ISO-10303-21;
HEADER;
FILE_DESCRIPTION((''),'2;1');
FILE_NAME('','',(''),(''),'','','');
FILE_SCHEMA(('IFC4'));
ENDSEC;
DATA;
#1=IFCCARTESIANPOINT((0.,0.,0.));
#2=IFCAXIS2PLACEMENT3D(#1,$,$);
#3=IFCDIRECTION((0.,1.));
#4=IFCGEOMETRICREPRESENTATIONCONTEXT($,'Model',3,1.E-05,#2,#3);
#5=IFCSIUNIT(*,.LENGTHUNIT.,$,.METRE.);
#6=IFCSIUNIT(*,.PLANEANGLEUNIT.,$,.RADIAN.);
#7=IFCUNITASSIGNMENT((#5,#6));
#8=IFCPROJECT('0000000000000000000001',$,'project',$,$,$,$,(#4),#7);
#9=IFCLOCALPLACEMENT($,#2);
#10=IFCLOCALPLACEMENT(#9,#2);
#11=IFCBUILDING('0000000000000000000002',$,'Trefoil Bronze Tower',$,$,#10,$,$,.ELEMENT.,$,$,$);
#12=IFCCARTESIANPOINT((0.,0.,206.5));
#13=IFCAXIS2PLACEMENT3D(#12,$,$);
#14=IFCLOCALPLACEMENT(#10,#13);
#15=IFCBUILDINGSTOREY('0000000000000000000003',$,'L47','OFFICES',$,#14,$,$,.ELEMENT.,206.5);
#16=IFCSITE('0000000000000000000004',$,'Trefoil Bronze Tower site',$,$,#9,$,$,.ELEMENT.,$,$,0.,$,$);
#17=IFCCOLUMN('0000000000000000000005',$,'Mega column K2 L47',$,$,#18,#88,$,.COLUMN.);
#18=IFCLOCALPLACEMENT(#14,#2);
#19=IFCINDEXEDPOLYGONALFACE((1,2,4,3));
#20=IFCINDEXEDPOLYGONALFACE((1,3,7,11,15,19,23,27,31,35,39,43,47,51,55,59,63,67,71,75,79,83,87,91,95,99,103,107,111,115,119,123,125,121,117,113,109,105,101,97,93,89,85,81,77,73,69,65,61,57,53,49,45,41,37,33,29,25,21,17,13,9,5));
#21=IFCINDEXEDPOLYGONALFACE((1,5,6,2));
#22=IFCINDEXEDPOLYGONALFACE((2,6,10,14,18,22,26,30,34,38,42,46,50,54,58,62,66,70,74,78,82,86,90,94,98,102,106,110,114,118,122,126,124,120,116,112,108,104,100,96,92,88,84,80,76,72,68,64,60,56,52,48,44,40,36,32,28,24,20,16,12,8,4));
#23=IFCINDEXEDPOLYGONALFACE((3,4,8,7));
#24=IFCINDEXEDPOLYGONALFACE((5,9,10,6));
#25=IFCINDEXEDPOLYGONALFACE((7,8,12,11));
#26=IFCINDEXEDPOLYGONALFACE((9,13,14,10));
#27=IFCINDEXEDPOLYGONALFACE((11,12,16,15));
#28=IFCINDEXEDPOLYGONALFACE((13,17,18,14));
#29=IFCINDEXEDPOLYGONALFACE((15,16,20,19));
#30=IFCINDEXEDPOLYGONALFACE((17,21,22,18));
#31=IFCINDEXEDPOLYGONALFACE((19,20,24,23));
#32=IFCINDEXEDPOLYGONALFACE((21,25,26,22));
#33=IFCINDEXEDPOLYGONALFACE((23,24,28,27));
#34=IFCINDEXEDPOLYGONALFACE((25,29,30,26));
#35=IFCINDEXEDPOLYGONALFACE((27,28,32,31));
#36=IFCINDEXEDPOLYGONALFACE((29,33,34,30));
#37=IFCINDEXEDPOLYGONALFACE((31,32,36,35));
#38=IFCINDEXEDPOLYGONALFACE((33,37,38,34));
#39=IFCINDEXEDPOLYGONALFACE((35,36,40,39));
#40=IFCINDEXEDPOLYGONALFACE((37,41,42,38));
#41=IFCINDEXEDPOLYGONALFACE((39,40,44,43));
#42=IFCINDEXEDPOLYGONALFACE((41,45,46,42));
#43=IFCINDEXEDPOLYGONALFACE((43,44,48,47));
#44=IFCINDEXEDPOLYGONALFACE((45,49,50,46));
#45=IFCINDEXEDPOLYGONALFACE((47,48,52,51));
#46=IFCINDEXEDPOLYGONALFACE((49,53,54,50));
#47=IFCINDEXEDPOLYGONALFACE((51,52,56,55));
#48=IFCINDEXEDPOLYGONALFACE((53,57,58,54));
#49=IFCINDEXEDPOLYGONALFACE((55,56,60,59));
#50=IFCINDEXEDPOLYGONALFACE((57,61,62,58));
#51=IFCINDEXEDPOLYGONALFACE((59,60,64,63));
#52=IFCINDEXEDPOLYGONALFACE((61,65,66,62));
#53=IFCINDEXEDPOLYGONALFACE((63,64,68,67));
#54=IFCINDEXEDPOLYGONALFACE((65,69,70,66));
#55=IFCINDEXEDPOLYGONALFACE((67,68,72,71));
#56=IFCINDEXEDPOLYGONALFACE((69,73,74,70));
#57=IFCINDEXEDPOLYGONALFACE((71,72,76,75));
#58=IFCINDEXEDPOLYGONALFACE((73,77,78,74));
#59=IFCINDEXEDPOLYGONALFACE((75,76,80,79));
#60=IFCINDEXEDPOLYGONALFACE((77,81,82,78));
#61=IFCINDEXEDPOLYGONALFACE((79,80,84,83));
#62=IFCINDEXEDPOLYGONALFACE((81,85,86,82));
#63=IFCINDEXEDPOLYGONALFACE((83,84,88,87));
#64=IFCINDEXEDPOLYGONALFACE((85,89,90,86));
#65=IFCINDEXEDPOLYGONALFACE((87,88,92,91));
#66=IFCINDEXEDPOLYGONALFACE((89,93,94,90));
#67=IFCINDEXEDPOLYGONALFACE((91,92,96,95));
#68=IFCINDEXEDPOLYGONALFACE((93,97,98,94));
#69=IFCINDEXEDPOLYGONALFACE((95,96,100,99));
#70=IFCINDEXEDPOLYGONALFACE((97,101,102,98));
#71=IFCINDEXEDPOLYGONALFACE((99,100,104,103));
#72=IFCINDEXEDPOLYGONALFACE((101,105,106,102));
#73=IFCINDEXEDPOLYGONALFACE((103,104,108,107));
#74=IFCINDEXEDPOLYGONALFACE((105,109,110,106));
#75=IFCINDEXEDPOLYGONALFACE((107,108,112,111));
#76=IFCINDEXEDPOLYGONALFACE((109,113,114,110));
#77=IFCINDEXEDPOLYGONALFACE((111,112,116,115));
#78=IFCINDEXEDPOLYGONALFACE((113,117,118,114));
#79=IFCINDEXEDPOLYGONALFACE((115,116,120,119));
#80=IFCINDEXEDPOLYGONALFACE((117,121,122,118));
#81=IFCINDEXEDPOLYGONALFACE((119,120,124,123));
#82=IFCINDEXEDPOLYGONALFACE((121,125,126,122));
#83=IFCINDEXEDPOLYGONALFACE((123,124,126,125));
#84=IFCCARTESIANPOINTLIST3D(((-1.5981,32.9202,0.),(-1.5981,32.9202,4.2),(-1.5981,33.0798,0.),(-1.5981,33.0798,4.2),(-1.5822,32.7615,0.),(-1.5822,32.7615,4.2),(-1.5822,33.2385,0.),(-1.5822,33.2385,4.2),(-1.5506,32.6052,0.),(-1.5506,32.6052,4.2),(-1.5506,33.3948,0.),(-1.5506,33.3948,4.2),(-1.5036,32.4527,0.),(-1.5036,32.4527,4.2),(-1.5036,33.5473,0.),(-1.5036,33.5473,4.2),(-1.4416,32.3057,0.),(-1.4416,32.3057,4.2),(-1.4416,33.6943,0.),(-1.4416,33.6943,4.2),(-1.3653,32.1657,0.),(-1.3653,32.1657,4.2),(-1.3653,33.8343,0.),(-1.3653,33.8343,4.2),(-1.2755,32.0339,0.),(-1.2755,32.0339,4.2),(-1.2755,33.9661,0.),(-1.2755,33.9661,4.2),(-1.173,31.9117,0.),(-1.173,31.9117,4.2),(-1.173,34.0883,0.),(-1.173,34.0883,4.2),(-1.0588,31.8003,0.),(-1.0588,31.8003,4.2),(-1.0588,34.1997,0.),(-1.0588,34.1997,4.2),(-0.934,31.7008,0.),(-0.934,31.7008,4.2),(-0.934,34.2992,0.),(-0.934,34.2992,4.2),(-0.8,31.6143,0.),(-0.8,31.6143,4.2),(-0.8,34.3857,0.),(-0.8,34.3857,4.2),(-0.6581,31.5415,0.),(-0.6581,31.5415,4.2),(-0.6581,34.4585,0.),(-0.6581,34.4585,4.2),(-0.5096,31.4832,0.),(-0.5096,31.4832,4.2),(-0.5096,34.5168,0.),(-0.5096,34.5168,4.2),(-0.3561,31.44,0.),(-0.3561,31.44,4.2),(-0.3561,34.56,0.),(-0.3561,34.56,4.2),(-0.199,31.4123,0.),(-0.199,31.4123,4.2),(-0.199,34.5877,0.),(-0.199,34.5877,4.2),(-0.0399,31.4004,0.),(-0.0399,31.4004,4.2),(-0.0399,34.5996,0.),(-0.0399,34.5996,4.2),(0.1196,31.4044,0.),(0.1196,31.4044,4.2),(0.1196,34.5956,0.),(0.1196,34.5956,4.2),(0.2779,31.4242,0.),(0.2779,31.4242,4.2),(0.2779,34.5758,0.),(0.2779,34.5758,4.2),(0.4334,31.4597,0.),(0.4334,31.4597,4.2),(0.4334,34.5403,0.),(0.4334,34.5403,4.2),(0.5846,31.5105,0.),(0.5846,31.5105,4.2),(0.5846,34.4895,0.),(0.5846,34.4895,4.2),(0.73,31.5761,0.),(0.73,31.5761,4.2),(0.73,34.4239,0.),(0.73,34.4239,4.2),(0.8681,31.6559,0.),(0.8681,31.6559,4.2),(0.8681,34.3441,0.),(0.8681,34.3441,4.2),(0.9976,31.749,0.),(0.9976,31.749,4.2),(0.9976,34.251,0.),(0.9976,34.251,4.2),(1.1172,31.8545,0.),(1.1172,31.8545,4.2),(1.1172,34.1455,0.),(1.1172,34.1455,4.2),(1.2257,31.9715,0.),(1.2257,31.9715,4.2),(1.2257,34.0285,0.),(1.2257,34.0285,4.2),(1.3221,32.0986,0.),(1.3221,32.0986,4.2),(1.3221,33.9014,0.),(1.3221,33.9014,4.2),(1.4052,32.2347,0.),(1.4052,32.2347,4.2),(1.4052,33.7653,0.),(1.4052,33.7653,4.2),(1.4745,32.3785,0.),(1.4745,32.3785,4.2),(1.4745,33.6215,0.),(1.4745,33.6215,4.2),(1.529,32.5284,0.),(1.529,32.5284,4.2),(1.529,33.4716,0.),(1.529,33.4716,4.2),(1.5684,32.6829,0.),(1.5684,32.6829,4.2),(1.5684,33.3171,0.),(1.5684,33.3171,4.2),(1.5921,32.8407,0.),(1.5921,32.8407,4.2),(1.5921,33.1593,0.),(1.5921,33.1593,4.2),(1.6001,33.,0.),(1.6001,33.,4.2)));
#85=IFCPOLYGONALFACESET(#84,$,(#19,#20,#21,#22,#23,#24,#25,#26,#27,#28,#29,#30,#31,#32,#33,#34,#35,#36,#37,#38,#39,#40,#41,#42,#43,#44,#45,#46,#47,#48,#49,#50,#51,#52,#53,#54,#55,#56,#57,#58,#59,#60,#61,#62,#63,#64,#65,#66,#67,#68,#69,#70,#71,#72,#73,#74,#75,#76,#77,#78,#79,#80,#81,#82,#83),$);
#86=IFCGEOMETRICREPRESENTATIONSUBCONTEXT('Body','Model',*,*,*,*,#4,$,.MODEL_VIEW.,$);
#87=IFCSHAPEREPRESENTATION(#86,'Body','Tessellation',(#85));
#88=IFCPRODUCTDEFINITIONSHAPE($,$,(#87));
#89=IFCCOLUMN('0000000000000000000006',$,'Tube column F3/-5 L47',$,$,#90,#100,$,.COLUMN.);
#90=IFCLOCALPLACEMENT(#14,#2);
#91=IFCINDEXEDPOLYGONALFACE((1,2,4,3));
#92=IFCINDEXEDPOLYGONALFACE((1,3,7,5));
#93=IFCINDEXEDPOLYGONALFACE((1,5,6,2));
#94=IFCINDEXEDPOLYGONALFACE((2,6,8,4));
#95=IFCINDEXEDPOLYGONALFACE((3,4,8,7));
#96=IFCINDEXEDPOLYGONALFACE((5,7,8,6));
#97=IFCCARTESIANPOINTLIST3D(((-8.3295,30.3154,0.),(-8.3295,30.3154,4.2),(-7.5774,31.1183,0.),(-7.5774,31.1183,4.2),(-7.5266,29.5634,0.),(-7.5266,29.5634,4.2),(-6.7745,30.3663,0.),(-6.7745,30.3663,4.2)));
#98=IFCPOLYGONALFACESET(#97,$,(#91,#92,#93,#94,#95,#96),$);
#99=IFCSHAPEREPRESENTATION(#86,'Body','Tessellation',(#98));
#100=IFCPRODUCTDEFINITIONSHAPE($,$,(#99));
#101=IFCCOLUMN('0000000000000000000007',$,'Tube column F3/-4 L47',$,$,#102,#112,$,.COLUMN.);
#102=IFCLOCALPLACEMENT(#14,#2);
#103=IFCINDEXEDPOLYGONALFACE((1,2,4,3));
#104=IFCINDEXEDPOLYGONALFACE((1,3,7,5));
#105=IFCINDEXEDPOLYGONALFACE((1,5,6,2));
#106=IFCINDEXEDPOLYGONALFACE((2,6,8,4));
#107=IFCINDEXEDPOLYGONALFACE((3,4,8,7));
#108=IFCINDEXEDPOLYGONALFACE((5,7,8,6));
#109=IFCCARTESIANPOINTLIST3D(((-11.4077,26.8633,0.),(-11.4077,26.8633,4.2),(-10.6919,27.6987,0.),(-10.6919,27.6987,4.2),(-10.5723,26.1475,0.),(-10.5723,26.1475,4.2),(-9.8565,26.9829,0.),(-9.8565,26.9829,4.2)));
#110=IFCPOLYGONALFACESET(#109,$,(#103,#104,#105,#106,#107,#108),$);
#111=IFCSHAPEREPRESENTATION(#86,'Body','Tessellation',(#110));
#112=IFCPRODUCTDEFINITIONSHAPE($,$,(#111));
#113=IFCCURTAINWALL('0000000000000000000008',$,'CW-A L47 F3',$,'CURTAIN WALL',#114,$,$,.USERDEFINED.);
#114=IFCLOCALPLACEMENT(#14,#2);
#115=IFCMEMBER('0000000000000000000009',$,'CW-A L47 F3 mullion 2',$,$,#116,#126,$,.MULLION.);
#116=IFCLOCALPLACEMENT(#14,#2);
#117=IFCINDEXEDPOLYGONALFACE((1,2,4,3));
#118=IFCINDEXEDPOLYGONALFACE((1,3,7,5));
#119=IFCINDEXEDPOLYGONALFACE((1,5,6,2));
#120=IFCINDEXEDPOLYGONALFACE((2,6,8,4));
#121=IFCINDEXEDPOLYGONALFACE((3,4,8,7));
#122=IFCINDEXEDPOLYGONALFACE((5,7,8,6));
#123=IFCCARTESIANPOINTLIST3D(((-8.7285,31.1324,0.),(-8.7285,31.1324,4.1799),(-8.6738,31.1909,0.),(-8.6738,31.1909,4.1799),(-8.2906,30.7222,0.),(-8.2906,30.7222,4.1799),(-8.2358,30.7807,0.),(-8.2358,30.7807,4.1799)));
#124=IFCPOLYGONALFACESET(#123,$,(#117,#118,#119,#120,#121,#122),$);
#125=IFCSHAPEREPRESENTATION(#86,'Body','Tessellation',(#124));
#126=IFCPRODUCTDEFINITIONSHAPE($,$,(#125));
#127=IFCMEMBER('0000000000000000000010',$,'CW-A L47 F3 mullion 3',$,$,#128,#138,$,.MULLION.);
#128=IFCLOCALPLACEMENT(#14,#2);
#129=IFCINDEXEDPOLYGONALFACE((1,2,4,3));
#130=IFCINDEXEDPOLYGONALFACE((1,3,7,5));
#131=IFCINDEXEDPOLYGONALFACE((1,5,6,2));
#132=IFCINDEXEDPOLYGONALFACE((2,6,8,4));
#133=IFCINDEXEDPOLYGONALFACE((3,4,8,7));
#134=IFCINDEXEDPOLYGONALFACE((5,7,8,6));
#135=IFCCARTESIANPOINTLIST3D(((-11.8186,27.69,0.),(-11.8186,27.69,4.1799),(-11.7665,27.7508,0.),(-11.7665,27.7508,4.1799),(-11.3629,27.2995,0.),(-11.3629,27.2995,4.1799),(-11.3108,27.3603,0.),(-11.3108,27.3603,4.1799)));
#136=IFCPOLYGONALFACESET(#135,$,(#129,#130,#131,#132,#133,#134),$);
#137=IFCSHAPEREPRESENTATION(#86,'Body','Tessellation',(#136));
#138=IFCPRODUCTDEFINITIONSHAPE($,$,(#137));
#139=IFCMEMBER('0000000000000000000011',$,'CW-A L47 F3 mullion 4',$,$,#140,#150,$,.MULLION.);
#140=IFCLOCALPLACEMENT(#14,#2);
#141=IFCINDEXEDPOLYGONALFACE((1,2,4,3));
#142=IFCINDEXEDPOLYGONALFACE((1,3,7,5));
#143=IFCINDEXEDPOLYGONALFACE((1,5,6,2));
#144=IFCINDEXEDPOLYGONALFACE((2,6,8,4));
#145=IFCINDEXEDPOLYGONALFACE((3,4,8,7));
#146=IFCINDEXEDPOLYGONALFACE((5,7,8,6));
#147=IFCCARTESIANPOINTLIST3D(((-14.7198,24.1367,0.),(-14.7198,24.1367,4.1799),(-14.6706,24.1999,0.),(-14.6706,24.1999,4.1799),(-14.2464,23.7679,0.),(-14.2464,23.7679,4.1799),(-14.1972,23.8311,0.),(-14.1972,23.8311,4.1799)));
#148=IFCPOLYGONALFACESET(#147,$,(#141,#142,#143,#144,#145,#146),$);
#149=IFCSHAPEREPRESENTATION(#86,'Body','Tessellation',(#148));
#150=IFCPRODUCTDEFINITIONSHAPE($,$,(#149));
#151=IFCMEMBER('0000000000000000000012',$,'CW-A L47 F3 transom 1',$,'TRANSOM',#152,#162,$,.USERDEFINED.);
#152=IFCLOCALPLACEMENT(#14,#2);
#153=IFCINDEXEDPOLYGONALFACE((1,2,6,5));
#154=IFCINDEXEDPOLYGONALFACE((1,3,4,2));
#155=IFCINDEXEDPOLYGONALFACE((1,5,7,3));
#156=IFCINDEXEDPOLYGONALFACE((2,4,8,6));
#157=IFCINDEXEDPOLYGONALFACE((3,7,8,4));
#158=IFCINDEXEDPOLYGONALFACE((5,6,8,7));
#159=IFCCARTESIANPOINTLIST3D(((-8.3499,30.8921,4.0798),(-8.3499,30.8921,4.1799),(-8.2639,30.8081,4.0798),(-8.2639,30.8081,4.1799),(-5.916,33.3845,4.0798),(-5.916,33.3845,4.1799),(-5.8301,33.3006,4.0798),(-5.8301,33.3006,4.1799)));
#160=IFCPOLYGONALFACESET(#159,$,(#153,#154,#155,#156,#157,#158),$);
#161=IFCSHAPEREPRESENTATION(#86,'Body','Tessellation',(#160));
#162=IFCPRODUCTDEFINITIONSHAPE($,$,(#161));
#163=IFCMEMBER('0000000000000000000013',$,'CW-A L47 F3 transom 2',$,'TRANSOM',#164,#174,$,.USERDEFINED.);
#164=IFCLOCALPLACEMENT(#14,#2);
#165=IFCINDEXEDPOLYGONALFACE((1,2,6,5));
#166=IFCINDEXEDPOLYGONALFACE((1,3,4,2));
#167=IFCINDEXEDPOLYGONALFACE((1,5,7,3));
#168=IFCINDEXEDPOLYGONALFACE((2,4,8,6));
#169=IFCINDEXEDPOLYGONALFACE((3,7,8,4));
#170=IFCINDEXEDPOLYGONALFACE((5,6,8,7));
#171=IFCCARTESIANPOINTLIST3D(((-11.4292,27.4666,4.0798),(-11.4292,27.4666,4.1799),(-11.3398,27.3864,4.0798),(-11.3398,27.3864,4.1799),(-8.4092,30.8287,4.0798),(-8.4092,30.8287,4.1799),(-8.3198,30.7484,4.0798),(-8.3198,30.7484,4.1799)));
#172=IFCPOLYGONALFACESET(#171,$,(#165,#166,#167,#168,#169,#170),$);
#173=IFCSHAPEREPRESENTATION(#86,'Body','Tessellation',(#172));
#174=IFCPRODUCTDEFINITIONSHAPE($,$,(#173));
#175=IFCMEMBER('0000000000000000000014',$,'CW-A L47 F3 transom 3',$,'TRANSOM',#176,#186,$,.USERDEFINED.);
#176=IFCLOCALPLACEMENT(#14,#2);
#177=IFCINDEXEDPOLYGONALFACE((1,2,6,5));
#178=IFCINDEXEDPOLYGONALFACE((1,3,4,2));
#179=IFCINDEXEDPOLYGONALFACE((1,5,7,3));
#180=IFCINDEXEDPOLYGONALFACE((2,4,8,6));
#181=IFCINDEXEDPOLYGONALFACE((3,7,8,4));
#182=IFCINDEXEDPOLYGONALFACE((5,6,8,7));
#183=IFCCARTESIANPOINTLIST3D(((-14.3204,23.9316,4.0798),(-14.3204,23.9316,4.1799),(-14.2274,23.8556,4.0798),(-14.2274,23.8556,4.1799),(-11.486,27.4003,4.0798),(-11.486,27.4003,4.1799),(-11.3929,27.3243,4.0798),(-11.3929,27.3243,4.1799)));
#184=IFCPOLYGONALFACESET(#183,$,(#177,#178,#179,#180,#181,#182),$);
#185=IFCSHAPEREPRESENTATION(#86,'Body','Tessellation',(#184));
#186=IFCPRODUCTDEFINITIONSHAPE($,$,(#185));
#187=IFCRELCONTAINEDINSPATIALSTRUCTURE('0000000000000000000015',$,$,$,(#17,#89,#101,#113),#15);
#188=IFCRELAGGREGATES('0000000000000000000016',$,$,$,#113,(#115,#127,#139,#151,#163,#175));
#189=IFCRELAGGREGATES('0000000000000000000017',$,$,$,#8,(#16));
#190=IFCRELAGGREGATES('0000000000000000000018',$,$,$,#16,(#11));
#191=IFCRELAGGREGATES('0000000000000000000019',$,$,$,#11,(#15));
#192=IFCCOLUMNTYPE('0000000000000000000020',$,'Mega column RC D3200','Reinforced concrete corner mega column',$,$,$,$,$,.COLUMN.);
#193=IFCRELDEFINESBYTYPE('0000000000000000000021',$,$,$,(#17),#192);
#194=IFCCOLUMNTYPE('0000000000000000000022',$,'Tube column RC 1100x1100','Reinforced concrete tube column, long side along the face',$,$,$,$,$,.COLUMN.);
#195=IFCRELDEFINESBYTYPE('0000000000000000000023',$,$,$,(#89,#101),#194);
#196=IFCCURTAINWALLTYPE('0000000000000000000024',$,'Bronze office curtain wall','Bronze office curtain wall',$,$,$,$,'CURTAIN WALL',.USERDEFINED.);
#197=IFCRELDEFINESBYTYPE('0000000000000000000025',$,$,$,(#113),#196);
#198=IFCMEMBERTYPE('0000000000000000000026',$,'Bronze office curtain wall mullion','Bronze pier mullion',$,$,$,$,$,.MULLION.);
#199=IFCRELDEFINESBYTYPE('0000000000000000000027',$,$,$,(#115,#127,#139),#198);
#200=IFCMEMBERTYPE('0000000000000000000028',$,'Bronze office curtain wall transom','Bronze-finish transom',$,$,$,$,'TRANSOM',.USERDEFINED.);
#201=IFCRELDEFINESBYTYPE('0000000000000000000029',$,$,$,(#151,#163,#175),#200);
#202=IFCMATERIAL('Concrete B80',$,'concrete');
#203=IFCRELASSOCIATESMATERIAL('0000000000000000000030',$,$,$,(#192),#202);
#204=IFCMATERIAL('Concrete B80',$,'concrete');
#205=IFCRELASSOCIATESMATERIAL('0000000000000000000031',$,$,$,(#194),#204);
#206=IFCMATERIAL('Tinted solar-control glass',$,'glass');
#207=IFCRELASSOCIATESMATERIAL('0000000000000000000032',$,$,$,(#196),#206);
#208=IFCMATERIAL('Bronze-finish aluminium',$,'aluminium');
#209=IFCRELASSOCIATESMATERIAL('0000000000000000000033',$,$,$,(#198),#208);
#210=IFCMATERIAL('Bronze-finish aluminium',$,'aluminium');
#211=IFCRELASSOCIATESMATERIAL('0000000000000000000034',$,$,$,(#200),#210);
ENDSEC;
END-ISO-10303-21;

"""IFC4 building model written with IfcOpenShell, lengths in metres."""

from ifc_helpers import new_model, si_unit, direction, frame, origin, origin_2d, place, context, subcontext, project, spatial, rectangle, circle, extrude, material, material_profile, profile_set, type_object, element, aggregate, save


model = new_model("IFC4")

# Units and contexts
model_context = context("Model", 3, precision=1e-05, world=origin(), true_north=direction((0.0, 1.0)))
body_context = subcontext(model_context, "Body", "Model", "MODEL_VIEW")
ifc_project = project(units=[si_unit("LENGTHUNIT", "METRE"), si_unit("PLANEANGLEUNIT", "RADIAN")], contexts=[model_context])

# Site, building, storey
site_placement = place(None, origin())
site = spatial("IfcSite", under=ifc_project, at=site_placement, Name="Trefoil Bronze Tower site", CompositionType="ELEMENT", RefElevation=0.0)
building_placement = place(site_placement, origin())
building = spatial("IfcBuilding", under=site, at=building_placement, Name="Trefoil Bronze Tower", CompositionType="ELEMENT")
storey_placement = place(building_placement, frame((0.0, 0.0, 206.5)))
storey = spatial("IfcBuildingStorey", under=building, at=storey_placement, Name="L47", Description="OFFICES", CompositionType="ELEMENT", Elevation=206.5)

# Columns
ifc_material_1 = material(Name="Concrete B80", Category="concrete")
ifc_material_profile_1 = material_profile(ifc_material_1, circle(Radius=1.6001, at=origin_2d()), Name="RC D3200")
ifc_profile_set_1 = profile_set([ifc_material_profile_1], Name="Concrete B80")
column_type_1 = type_object("IfcColumnType", Name="Mega column RC D3200", Description="Reinforced concrete corner mega column", PredefinedType="COLUMN", material=ifc_profile_set_1)
column_placement = place(storey_placement, frame((0.0, 33.0, 0.0), z_axis=(0.0, 0.0, 1.0), x_axis=(1.0, 0.0, 0.0)))
element("IfcColumn", 1, at=column_placement, inside=storey, type_object=column_type_1, Name="Mega column K2 L47", PredefinedType="COLUMN", context=body_context, shape_type="SweptSolid", body=[
    extrude(circle(Radius=1.6001, at=origin_2d()), origin(), (0.0, 0.0, 1.0), 4.2),
])
ifc_material_2 = material(Name="Concrete B80", Category="concrete")
ifc_material_profile_2 = material_profile(ifc_material_2, rectangle(XDim=1.1001, YDim=1.1001, at=origin_2d()), Name="RC 1100x1100")
ifc_profile_set_2 = profile_set([ifc_material_profile_2], Name="Concrete B80")
column_type_2 = type_object("IfcColumnType", Name="Tube column RC 1100x1100", Description="Reinforced concrete tube column, long side along the face", PredefinedType="COLUMN", material=ifc_profile_set_2)
for number, where, z_axis, x_axis, name in (
    (2, (-7.552, 30.3408, 0.0), (0.0, 0.0, 1.0), (-0.683597, -0.72986, 0.0), "Tube column F3/-5 L47"),
    (3, (-10.6321, 26.9231, 0.0), (0.0, 0.0, 1.0), (-0.650677, -0.759355, 0.0), "Tube column F3/-4 L47"),
):
    element("IfcColumn", number, at=place(storey_placement, frame(where, z_axis=z_axis, x_axis=x_axis)), inside=storey, type_object=column_type_2, Name=name, PredefinedType="COLUMN", context=body_context, shape_type="SweptSolid", body=[
        extrude(rectangle(XDim=1.1001, YDim=1.1001, at=origin_2d()), origin(), (0.0, 0.0, 1.0), 4.2),
    ])

# Curtain wall, members
ifc_material_3 = material(Name="Tinted solar-control glass", Category="glass")
curtain_wall_type_1 = type_object("IfcCurtainWallType", Name="Bronze office curtain wall", Description="Bronze office curtain wall", ElementType="CURTAIN WALL", PredefinedType="USERDEFINED", material=ifc_material_3)
curtain_wall_1_placement = place(storey_placement, origin())
curtain_wall_1 = element("IfcCurtainWall", 4, at=curtain_wall_1_placement, inside=storey, type_object=curtain_wall_type_1, Name="CW-A L47 F3", ObjectType="CURTAIN WALL", PredefinedType="USERDEFINED")
ifc_material_4 = material(Name="Bronze-finish aluminium", Category="aluminium")
ifc_material_profile_3 = material_profile(ifc_material_4, rectangle(XDim=0.6001, YDim=0.0801, at=origin_2d()), Name="CW-A mullion")
ifc_profile_set_3 = profile_set([ifc_material_profile_3], Name="Bronze-finish aluminium")
member_type_1 = type_object("IfcMemberType", Name="Bronze office curtain wall mullion", Description="Bronze pier mullion", PredefinedType="MULLION", material=ifc_profile_set_3)
member_1_placement = place(storey_placement, frame((-8.4822, 30.9565, 0.0), z_axis=(0.0, 0.0, 1.0), x_axis=(0.72986, -0.683597, 0.0)))
member_1 = element("IfcMember", 5, at=member_1_placement, type_object=member_type_1, Name="CW-A L47 F3 mullion 2", PredefinedType="MULLION", context=body_context, shape_type="SweptSolid", body=[
    extrude(rectangle(XDim=0.6001, YDim=0.0801, at=origin_2d()), origin(), (0.0, 0.0, 1.0), 4.1799),
])
member_2_placement = place(storey_placement, frame((-11.5647, 27.5251, 0.0), z_axis=(0.0, 0.0, 1.0), x_axis=(0.759355, -0.650677, 0.0)))
member_2 = element("IfcMember", 6, at=member_2_placement, type_object=member_type_1, Name="CW-A L47 F3 mullion 3", PredefinedType="MULLION", context=body_context, shape_type="SweptSolid", body=[
    extrude(rectangle(XDim=0.6001, YDim=0.0801, at=origin_2d()), origin(), (0.0, 0.0, 1.0), 4.1799),
])
member_3_placement = place(storey_placement, frame((-14.4585, 23.9839, 0.0), z_axis=(0.0, 0.0, 1.0), x_axis=(0.788821, -0.614622, 0.0)))
member_3 = element("IfcMember", 7, at=member_3_placement, type_object=member_type_1, Name="CW-A L47 F3 mullion 4", PredefinedType="MULLION", context=body_context, shape_type="SweptSolid", body=[
    extrude(rectangle(XDim=0.6001, YDim=0.0801, at=origin_2d()), origin(), (0.0, 0.0, 1.0), 4.1799),
])
ifc_material_5 = material(Name="Bronze-finish aluminium", Category="aluminium")
ifc_material_profile_4 = material_profile(ifc_material_5, rectangle(XDim=0.1201, YDim=0.1001, at=origin_2d()), Name="CW-A transom")
ifc_profile_set_4 = profile_set([ifc_material_profile_4], Name="Bronze-finish aluminium")
member_type_2 = type_object("IfcMemberType", Name="Bronze office curtain wall transom", Description="Bronze-finish transom", ElementType="TRANSOM", PredefinedType="USERDEFINED", material=ifc_profile_set_4)
member_4_placement = place(storey_placement, frame((-5.873, 33.3425, 4.1299), z_axis=(-0.698647, -0.715467, 0.0), x_axis=(0.715467, -0.698647, 0.0)))
member_4 = element("IfcMember", 8, at=member_4_placement, type_object=member_type_2, Name="CW-A L47 F3 transom 1", ObjectType="TRANSOM", PredefinedType="USERDEFINED", context=body_context, shape_type="SweptSolid", body=[
    extrude(rectangle(XDim=0.1201, YDim=0.1001, at=origin_2d()), origin(), (0.0, 0.0, 1.0), 3.4836),
])
member_5_placement = place(storey_placement, frame((-8.3645, 30.7886, 4.1299), z_axis=(-0.668251, -0.743936, 0.0), x_axis=(0.743936, -0.668251, 0.0)))
member_5 = element("IfcMember", 9, at=member_5_placement, type_object=member_type_2, Name="CW-A L47 F3 transom 2", ObjectType="TRANSOM", PredefinedType="USERDEFINED", context=body_context, shape_type="SweptSolid", body=[
    extrude(rectangle(XDim=0.1201, YDim=0.1001, at=origin_2d()), origin(), (0.0, 0.0, 1.0), 4.5193),
])
member_6_placement = place(storey_placement, frame((-11.4395, 27.3623, 4.1299), z_axis=(-0.632757, -0.774351, 0.0), x_axis=(0.774351, -0.632757, 0.0)))
member_6 = element("IfcMember", 10, at=member_6_placement, type_object=member_type_2, Name="CW-A L47 F3 transom 3", ObjectType="TRANSOM", PredefinedType="USERDEFINED", context=body_context, shape_type="SweptSolid", body=[
    extrude(rectangle(XDim=0.1201, YDim=0.1001, at=origin_2d()), origin(), (0.0, 0.0, 1.0), 4.4795),
])

aggregate(curtain_wall_1, [member_1, member_2, member_3, member_4, member_5, member_6])

save(model, "model.ifc")
